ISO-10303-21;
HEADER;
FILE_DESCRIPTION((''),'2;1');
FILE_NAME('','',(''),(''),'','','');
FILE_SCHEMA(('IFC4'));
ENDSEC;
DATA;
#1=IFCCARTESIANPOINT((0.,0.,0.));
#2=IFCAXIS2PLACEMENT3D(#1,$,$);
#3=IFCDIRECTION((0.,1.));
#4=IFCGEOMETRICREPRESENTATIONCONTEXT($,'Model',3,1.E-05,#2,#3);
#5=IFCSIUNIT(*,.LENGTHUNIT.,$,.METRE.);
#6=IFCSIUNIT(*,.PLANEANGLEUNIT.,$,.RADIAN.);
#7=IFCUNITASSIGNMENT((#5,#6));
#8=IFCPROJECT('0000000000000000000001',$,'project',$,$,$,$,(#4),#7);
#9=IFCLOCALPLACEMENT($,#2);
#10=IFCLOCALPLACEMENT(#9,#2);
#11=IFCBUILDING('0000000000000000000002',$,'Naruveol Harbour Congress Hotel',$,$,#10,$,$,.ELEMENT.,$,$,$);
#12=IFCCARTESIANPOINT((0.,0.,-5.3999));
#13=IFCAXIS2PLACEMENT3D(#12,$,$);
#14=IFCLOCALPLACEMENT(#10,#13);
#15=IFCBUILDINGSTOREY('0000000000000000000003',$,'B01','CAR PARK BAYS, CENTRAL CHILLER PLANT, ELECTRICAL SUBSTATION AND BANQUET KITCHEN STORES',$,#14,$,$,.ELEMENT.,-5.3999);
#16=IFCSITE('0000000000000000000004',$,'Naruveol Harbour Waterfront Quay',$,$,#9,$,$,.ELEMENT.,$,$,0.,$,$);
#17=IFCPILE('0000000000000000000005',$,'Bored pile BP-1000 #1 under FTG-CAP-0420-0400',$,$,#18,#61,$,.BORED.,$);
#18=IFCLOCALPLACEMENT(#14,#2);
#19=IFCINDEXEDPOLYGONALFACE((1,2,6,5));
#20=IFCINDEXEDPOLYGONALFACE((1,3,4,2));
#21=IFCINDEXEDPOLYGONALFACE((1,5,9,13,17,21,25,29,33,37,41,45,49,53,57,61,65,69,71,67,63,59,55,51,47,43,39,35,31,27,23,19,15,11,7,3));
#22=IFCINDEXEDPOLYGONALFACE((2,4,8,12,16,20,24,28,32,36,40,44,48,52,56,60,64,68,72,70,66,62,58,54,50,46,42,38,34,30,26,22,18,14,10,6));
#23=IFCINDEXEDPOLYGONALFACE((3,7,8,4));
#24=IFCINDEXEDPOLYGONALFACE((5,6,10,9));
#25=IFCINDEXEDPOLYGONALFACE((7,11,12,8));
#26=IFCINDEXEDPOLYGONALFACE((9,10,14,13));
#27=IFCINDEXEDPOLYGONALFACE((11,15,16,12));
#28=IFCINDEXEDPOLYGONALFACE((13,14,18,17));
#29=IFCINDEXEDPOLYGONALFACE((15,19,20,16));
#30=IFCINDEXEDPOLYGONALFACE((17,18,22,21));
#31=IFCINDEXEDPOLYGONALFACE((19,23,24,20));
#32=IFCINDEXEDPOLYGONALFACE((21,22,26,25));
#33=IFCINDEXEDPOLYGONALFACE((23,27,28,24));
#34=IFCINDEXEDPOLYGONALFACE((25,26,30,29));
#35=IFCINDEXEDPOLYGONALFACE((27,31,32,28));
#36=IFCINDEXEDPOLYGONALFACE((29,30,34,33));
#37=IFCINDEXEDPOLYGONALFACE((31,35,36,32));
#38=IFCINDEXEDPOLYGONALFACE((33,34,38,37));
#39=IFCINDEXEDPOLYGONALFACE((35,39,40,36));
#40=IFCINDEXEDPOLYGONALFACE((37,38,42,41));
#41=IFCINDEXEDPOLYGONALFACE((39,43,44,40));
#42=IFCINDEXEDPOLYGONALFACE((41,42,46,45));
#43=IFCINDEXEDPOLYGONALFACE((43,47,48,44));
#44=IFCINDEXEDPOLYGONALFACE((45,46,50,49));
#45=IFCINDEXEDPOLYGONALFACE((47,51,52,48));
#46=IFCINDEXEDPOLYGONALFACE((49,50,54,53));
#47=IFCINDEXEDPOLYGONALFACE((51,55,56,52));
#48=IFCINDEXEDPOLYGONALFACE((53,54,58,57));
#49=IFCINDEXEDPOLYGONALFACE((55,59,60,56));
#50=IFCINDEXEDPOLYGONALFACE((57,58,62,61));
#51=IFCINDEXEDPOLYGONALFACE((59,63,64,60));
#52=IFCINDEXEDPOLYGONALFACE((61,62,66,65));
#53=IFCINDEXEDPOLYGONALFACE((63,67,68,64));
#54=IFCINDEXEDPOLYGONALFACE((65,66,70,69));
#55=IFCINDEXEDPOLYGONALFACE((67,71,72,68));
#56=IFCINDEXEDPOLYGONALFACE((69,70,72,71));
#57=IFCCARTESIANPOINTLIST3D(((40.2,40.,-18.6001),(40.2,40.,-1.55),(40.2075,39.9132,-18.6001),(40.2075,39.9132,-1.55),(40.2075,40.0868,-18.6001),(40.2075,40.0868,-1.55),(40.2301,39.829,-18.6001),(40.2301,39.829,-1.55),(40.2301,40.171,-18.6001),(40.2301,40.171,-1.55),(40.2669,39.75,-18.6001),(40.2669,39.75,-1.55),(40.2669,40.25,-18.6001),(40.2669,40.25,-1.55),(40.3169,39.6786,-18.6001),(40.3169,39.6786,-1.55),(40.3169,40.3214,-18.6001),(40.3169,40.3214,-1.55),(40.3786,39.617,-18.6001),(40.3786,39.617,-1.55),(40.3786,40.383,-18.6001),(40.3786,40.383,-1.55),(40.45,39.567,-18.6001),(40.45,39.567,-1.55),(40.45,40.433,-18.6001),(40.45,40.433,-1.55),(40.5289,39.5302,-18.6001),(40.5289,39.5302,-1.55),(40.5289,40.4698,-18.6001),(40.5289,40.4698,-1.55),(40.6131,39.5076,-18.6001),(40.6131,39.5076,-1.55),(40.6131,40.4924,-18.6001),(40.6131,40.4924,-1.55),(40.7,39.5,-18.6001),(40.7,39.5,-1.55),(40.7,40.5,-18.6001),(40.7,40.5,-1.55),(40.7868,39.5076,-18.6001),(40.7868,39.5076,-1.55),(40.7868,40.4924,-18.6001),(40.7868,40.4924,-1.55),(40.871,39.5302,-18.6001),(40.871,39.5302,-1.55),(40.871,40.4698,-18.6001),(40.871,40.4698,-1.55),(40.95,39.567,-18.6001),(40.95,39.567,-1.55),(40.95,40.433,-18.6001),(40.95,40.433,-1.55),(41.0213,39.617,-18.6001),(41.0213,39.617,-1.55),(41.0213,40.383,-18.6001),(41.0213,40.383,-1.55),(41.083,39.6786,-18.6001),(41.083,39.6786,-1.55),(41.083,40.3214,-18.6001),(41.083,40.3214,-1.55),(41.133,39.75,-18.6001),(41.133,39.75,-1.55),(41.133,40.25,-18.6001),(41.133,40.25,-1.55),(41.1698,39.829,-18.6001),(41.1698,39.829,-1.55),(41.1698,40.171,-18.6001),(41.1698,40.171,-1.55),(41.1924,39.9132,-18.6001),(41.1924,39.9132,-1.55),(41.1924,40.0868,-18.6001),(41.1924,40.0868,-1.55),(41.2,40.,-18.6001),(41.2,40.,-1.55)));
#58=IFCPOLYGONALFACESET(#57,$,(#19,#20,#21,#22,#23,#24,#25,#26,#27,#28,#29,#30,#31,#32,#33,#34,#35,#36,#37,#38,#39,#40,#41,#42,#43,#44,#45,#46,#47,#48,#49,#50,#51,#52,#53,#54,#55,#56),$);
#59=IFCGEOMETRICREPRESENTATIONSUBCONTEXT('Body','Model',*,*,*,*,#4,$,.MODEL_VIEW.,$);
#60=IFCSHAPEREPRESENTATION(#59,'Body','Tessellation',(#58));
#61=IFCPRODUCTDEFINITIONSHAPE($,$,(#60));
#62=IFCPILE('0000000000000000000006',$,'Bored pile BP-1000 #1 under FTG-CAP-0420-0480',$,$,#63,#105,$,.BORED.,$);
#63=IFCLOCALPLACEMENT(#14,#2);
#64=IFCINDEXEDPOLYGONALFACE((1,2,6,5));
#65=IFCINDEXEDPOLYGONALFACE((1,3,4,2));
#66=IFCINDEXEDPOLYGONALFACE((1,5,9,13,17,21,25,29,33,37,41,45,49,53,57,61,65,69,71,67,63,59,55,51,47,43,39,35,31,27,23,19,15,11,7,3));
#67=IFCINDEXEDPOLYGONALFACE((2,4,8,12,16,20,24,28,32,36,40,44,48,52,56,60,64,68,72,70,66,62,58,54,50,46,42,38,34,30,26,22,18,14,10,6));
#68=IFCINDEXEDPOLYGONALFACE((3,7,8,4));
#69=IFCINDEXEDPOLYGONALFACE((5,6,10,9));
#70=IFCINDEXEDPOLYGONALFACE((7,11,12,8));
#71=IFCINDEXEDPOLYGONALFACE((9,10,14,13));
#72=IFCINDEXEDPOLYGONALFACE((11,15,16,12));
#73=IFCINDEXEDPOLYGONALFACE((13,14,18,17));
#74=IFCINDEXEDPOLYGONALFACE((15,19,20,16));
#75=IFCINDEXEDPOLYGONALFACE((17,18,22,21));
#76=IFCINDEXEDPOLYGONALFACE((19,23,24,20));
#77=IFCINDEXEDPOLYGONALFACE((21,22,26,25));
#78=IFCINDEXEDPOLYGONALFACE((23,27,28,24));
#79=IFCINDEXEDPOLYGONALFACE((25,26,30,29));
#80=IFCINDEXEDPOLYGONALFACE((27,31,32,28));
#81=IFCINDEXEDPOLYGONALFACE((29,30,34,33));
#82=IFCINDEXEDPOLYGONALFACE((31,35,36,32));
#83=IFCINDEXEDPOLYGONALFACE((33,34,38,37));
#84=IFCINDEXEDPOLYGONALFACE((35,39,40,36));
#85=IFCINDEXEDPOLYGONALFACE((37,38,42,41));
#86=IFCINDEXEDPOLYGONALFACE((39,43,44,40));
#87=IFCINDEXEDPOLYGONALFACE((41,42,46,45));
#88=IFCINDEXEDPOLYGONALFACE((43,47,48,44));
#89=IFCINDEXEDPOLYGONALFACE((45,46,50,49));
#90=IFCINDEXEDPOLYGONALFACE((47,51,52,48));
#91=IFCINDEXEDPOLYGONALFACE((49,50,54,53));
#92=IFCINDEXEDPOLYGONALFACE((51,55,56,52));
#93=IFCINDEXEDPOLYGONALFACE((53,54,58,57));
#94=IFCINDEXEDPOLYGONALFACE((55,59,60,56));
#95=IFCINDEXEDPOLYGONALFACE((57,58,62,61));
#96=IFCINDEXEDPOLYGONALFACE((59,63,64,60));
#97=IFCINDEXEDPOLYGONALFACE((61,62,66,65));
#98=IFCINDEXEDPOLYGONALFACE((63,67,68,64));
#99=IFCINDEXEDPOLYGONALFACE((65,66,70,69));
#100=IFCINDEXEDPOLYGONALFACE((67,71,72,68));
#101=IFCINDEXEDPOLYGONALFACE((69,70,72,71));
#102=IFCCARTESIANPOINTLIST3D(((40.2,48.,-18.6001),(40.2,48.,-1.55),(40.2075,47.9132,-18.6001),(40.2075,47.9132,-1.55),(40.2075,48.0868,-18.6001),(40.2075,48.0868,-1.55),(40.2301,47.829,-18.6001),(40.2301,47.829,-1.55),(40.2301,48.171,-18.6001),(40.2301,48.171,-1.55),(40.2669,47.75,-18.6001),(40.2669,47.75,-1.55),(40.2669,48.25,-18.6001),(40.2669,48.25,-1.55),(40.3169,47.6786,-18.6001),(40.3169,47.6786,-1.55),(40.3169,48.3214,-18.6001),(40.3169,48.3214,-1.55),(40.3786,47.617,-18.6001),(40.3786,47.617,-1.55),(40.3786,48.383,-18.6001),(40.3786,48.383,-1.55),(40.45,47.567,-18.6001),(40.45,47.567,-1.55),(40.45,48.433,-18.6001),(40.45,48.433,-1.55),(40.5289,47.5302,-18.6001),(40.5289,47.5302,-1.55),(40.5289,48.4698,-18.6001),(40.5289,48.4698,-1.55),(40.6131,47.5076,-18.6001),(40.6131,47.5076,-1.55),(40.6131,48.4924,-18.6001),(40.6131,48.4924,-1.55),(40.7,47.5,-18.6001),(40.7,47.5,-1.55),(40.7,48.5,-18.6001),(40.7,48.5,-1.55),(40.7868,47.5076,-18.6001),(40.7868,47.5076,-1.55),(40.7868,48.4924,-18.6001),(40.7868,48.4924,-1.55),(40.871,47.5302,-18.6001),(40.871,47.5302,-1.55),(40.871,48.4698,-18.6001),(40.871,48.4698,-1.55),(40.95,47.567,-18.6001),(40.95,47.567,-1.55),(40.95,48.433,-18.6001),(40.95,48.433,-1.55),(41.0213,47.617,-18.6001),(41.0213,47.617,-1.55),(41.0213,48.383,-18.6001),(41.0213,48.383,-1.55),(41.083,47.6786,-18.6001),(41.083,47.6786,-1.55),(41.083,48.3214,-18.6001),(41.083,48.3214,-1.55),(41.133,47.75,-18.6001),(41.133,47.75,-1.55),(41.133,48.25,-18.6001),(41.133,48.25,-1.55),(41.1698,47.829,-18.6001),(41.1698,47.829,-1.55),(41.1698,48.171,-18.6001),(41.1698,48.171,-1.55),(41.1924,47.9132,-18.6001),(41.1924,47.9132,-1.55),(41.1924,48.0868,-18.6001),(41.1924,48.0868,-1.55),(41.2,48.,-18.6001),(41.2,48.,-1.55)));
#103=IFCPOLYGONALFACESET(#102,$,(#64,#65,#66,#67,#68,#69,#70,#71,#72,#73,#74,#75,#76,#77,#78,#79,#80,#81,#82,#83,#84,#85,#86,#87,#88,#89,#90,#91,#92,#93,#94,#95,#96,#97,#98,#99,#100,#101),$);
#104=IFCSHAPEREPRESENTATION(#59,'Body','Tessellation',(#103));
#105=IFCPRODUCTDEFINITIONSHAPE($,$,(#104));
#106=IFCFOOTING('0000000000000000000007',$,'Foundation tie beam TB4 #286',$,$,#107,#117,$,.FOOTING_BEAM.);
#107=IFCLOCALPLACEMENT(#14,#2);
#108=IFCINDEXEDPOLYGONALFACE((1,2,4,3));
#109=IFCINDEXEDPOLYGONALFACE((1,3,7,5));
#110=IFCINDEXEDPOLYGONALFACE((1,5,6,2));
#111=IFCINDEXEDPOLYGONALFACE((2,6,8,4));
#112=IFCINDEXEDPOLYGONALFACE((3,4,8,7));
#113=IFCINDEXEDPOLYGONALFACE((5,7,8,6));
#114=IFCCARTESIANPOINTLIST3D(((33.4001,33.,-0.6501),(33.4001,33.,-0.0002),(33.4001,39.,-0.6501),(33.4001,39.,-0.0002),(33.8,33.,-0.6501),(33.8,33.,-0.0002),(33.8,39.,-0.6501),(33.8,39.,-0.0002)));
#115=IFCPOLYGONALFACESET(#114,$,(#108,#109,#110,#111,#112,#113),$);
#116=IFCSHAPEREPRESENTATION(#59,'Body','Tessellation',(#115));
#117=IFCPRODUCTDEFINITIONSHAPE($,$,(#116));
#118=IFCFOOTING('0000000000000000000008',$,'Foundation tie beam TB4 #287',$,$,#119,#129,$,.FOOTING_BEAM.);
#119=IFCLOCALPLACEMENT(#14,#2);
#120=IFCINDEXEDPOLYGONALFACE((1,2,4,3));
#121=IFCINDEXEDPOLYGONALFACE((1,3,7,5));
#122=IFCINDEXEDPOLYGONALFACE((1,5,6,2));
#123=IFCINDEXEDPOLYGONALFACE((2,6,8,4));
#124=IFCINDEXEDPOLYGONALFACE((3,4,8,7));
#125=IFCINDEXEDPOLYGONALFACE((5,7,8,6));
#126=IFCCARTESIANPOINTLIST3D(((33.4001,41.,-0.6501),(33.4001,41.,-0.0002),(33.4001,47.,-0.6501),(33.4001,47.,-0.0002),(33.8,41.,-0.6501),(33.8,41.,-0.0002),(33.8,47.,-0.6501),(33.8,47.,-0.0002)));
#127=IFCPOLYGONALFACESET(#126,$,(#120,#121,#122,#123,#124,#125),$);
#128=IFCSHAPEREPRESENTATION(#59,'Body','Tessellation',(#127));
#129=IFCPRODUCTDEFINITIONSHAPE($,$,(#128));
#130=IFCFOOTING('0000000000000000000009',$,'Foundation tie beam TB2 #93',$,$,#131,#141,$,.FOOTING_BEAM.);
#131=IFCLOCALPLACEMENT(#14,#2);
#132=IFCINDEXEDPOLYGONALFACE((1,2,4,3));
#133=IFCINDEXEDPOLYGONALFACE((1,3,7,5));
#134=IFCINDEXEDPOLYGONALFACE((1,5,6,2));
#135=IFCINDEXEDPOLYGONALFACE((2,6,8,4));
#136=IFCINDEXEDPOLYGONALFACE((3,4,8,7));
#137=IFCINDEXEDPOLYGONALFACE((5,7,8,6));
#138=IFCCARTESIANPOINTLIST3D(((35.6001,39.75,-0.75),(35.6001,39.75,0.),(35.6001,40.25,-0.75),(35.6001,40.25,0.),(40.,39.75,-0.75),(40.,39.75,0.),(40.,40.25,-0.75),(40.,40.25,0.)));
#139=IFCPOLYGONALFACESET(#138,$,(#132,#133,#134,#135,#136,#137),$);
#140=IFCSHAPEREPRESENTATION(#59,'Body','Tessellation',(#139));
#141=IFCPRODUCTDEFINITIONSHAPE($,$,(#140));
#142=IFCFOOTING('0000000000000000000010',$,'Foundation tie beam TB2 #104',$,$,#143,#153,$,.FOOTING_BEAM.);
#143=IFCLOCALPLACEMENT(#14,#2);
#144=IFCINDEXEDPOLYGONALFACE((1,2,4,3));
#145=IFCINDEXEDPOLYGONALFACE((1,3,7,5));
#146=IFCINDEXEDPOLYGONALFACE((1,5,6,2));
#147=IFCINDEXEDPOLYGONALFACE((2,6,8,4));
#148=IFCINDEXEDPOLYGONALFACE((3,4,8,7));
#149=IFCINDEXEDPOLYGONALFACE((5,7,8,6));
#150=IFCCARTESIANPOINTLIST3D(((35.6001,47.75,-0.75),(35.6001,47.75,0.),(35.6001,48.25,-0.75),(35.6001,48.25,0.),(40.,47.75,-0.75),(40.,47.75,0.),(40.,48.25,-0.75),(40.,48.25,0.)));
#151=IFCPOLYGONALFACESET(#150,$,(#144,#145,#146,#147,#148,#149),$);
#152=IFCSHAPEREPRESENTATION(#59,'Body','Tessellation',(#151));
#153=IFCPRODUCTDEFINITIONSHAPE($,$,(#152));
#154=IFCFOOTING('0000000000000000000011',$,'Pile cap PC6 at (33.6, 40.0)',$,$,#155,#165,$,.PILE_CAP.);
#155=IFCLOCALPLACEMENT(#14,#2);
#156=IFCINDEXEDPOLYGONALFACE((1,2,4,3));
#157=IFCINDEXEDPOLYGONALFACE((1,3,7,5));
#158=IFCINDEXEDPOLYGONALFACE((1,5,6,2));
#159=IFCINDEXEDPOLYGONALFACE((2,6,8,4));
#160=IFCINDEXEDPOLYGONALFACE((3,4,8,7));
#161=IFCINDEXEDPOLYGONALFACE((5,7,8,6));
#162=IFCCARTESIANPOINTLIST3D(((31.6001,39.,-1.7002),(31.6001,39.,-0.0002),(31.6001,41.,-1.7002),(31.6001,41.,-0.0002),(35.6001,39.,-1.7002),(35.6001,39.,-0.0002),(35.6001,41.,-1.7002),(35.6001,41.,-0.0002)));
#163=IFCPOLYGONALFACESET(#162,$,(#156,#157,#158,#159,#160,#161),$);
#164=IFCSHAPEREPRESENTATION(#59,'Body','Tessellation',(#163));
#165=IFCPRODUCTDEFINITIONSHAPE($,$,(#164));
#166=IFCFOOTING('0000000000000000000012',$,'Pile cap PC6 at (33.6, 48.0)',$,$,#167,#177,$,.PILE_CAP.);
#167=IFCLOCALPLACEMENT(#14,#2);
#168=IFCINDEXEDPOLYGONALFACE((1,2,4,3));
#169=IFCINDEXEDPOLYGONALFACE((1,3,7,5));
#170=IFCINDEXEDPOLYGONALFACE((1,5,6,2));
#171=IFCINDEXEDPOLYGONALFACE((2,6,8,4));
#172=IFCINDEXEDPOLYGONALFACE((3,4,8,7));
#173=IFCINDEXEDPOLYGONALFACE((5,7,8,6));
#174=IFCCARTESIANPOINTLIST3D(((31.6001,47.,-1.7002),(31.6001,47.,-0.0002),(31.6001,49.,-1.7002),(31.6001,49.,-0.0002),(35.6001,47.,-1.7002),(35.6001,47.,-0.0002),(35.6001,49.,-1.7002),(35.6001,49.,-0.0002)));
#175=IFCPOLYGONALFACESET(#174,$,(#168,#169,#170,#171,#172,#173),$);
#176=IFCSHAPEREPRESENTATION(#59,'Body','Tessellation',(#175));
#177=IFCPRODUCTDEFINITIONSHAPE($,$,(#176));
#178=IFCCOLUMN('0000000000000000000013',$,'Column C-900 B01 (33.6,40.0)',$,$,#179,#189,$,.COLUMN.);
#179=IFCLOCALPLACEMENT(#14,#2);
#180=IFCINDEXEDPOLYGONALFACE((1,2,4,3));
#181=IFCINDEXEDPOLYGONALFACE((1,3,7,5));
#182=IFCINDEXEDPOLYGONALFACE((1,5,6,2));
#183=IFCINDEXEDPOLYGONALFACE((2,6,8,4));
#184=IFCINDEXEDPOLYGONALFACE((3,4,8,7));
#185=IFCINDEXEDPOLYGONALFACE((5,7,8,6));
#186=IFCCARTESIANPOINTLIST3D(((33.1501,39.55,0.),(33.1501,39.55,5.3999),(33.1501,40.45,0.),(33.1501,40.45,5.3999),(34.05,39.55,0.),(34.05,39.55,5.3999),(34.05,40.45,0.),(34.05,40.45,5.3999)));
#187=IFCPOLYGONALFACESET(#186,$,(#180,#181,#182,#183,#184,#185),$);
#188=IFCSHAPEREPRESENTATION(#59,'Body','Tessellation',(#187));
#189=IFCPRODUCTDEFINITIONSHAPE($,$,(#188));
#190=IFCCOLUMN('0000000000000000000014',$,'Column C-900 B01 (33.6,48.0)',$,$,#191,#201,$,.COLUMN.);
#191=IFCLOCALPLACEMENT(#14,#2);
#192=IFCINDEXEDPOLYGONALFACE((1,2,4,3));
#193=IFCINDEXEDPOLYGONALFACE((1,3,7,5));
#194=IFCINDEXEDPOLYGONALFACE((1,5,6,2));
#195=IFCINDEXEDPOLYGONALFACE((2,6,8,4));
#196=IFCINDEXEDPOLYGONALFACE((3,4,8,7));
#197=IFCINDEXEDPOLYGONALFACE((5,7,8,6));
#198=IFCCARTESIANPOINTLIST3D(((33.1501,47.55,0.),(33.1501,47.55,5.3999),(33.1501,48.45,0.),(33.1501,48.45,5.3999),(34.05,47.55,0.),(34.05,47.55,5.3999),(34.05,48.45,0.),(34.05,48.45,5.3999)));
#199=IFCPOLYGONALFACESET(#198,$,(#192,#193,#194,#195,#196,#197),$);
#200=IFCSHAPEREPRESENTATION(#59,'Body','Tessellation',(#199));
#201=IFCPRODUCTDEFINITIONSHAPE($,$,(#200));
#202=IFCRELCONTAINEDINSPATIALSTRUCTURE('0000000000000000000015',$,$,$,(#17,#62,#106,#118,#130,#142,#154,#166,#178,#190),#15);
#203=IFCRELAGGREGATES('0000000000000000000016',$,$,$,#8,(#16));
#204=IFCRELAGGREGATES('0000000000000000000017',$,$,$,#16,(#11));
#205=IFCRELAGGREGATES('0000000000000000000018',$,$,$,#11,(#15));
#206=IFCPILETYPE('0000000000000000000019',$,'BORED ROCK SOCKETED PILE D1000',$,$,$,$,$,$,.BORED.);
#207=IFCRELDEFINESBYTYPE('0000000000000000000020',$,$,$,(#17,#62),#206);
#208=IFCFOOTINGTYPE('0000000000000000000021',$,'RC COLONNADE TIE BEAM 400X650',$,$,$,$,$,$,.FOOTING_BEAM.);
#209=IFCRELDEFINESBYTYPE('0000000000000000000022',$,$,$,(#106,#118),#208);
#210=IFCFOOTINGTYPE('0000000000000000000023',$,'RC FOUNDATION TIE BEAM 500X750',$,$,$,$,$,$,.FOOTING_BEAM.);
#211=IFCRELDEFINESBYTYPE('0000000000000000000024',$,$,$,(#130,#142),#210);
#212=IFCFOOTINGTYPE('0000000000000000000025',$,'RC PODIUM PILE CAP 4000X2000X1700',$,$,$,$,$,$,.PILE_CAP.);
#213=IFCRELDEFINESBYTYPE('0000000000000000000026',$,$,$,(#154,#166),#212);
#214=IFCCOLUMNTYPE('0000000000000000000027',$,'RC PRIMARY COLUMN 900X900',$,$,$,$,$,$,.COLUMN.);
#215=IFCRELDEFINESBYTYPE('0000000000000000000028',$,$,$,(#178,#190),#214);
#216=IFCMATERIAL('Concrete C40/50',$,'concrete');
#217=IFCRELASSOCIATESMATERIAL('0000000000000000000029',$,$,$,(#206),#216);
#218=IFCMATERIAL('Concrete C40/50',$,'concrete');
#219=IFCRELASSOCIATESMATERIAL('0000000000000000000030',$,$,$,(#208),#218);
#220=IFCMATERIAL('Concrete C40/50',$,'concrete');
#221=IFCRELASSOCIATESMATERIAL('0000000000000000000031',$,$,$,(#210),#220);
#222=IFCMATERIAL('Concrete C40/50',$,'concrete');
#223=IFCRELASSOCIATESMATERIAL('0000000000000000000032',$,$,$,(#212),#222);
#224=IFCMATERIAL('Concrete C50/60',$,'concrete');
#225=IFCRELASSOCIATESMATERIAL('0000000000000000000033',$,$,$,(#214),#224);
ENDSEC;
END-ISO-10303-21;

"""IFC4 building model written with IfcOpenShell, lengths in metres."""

from ifc_helpers import new_model, si_unit, direction, frame, origin, origin_2d, place, context, subcontext, project, spatial, rectangle, circle, extrude, material, material_profile, profile_set, type_object, element, save


model = new_model("IFC4")

# Units and contexts
model_context = context("Model", 3, precision=1e-05, world=origin(), true_north=direction((0.0, 1.0)))
body_context = subcontext(model_context, "Body", "Model", "MODEL_VIEW")
ifc_project = project(units=[si_unit("LENGTHUNIT", "METRE"), si_unit("PLANEANGLEUNIT", "RADIAN")], contexts=[model_context])

# Site, building, storey
site_placement = place(None, origin())
site = spatial("IfcSite", under=ifc_project, at=site_placement, Name="Naruveol Harbour Waterfront Quay", CompositionType="ELEMENT", RefElevation=0.0)
building_placement = place(site_placement, origin())
building = spatial("IfcBuilding", under=site, at=building_placement, Name="Naruveol Harbour Congress Hotel", CompositionType="ELEMENT")
storey_placement = place(building_placement, frame((0.0, 0.0, -5.3999)))
storey = spatial("IfcBuildingStorey", under=building, at=storey_placement, Name="B01", Description="CAR PARK BAYS, CENTRAL CHILLER PLANT, ELECTRICAL SUBSTATION AND BANQUET KITCHEN STORES", CompositionType="ELEMENT", Elevation=-5.3999)

# Piles
ifc_material_1 = material(Name="Concrete C40/50", Category="concrete")
ifc_material_profile_1 = material_profile(ifc_material_1, circle(Radius=0.5, at=origin_2d()), Name="BP-1000")
ifc_profile_set_1 = profile_set([ifc_material_profile_1], Name="Concrete C40/50")
pile_type = type_object("IfcPileType", Name="BORED ROCK SOCKETED PILE D1000", PredefinedType="BORED", material=ifc_profile_set_1)
for number, where, z_axis, x_axis, name in (
    (1, (40.7, 40.0, -1.55), (0.0, 0.0, -1.0), (1.0, 0.0, 0.0), "Bored pile BP-1000 #1 under FTG-CAP-0420-0400"),
    (2, (40.7, 48.0, -1.55), (0.0, 0.0, -1.0), (1.0, 0.0, 0.0), "Bored pile BP-1000 #1 under FTG-CAP-0420-0480"),
):
    element("IfcPile", number, at=place(storey_placement, frame(where, z_axis=z_axis, x_axis=x_axis)), inside=storey, type_object=pile_type, Name=name, PredefinedType="BORED", context=body_context, shape_type="SweptSolid", body=[
        extrude(circle(Radius=0.5, at=origin_2d()), origin(), (0.0, 0.0, 1.0), 17.05),
    ])

# Footings
ifc_material_2 = material(Name="Concrete C40/50", Category="concrete")
ifc_material_profile_2 = material_profile(ifc_material_2, rectangle(XDim=0.3999, YDim=0.6499, at=origin_2d()), Name="RCB-400x650")
ifc_profile_set_2 = profile_set([ifc_material_profile_2], Name="Concrete C40/50")
footing_type_1 = type_object("IfcFootingType", Name="RC COLONNADE TIE BEAM 400X650", PredefinedType="FOOTING_BEAM", material=ifc_profile_set_2)
for number, where, z_axis, x_axis, name in (
    (3, (33.6001, 33.0, -0.3252), (0.0, 1.0, 0.0), (-1.0, 0.0, 0.0), "Foundation tie beam TB4 #286"),
    (4, (33.6001, 41.0, -0.3252), (0.0, 1.0, 0.0), (-1.0, 0.0, 0.0), "Foundation tie beam TB4 #287"),
):
    element("IfcFooting", number, at=place(storey_placement, frame(where, z_axis=z_axis, x_axis=x_axis)), inside=storey, type_object=footing_type_1, Name=name, PredefinedType="FOOTING_BEAM", context=body_context, shape_type="SweptSolid", body=[
        extrude(rectangle(XDim=0.3999, YDim=0.6499, at=origin_2d()), origin(), (0.0, 0.0, 1.0), 6.0),
    ])
ifc_material_3 = material(Name="Concrete C40/50", Category="concrete")
ifc_material_profile_3 = material_profile(ifc_material_3, rectangle(XDim=0.5, YDim=0.75, at=origin_2d()), Name="RCB-500x750")
ifc_profile_set_3 = profile_set([ifc_material_profile_3], Name="Concrete C40/50")
footing_type_2 = type_object("IfcFootingType", Name="RC FOUNDATION TIE BEAM 500X750", PredefinedType="FOOTING_BEAM", material=ifc_profile_set_3)
for number, where, z_axis, x_axis, name in (
    (5, (35.6001, 40.0, -0.375), (1.0, 0.0, 0.0), (0.0, 1.0, 0.0), "Foundation tie beam TB2 #93"),
    (6, (35.6001, 48.0, -0.375), (1.0, 0.0, 0.0), (0.0, 1.0, 0.0), "Foundation tie beam TB2 #104"),
):
    element("IfcFooting", number, at=place(storey_placement, frame(where, z_axis=z_axis, x_axis=x_axis)), inside=storey, type_object=footing_type_2, Name=name, PredefinedType="FOOTING_BEAM", context=body_context, shape_type="SweptSolid", body=[
        extrude(rectangle(XDim=0.5, YDim=0.75, at=origin_2d()), origin(), (0.0, 0.0, 1.0), 4.3999),
    ])
ifc_material_4 = material(Name="Concrete C40/50", Category="concrete")
footing_type_3 = type_object("IfcFootingType", Name="RC PODIUM PILE CAP 4000X2000X1700", PredefinedType="PILE_CAP", material=ifc_material_4)
for number, where, z_axis, x_axis, name in (
    (7, (33.6001, 40.0, -1.7002), (0.0, 0.0, 1.0), (1.0, 0.0, 0.0), "Pile cap PC6 at (33.6, 40.0)"),
    (8, (33.6001, 48.0, -1.7002), (0.0, 0.0, 1.0), (1.0, 0.0, 0.0), "Pile cap PC6 at (33.6, 48.0)"),
):
    element("IfcFooting", number, at=place(storey_placement, frame(where, z_axis=z_axis, x_axis=x_axis)), inside=storey, type_object=footing_type_3, Name=name, PredefinedType="PILE_CAP", context=body_context, shape_type="SweptSolid", body=[
        extrude(rectangle(XDim=4.0, YDim=2.0, at=origin_2d()), origin(), (0.0, 0.0, 1.0), 1.7),
    ])

# Columns
ifc_material_5 = material(Name="Concrete C50/60", Category="concrete")
ifc_material_profile_4 = material_profile(ifc_material_5, rectangle(XDim=0.8999, YDim=0.8999, at=origin_2d()), Name="RC-900x900")
ifc_profile_set_4 = profile_set([ifc_material_profile_4], Name="Concrete C50/60")
column_type = type_object("IfcColumnType", Name="RC PRIMARY COLUMN 900X900", PredefinedType="COLUMN", material=ifc_profile_set_4)
for number, where, z_axis, x_axis, name in (
    (9, (33.6001, 40.0, 0.0), (0.0, 0.0, 1.0), (1.0, 0.0, 0.0), "Column C-900 B01 (33.6,40.0)"),
    (10, (33.6001, 48.0, 0.0), (0.0, 0.0, 1.0), (1.0, 0.0, 0.0), "Column C-900 B01 (33.6,48.0)"),
):
    element("IfcColumn", number, at=place(storey_placement, frame(where, z_axis=z_axis, x_axis=x_axis)), inside=storey, type_object=column_type, Name=name, PredefinedType="COLUMN", context=body_context, shape_type="SweptSolid", body=[
        extrude(rectangle(XDim=0.8999, YDim=0.8999, at=origin_2d()), origin(), (0.0, 0.0, 1.0), 5.3999),
    ])

save(model, "model.ifc")
